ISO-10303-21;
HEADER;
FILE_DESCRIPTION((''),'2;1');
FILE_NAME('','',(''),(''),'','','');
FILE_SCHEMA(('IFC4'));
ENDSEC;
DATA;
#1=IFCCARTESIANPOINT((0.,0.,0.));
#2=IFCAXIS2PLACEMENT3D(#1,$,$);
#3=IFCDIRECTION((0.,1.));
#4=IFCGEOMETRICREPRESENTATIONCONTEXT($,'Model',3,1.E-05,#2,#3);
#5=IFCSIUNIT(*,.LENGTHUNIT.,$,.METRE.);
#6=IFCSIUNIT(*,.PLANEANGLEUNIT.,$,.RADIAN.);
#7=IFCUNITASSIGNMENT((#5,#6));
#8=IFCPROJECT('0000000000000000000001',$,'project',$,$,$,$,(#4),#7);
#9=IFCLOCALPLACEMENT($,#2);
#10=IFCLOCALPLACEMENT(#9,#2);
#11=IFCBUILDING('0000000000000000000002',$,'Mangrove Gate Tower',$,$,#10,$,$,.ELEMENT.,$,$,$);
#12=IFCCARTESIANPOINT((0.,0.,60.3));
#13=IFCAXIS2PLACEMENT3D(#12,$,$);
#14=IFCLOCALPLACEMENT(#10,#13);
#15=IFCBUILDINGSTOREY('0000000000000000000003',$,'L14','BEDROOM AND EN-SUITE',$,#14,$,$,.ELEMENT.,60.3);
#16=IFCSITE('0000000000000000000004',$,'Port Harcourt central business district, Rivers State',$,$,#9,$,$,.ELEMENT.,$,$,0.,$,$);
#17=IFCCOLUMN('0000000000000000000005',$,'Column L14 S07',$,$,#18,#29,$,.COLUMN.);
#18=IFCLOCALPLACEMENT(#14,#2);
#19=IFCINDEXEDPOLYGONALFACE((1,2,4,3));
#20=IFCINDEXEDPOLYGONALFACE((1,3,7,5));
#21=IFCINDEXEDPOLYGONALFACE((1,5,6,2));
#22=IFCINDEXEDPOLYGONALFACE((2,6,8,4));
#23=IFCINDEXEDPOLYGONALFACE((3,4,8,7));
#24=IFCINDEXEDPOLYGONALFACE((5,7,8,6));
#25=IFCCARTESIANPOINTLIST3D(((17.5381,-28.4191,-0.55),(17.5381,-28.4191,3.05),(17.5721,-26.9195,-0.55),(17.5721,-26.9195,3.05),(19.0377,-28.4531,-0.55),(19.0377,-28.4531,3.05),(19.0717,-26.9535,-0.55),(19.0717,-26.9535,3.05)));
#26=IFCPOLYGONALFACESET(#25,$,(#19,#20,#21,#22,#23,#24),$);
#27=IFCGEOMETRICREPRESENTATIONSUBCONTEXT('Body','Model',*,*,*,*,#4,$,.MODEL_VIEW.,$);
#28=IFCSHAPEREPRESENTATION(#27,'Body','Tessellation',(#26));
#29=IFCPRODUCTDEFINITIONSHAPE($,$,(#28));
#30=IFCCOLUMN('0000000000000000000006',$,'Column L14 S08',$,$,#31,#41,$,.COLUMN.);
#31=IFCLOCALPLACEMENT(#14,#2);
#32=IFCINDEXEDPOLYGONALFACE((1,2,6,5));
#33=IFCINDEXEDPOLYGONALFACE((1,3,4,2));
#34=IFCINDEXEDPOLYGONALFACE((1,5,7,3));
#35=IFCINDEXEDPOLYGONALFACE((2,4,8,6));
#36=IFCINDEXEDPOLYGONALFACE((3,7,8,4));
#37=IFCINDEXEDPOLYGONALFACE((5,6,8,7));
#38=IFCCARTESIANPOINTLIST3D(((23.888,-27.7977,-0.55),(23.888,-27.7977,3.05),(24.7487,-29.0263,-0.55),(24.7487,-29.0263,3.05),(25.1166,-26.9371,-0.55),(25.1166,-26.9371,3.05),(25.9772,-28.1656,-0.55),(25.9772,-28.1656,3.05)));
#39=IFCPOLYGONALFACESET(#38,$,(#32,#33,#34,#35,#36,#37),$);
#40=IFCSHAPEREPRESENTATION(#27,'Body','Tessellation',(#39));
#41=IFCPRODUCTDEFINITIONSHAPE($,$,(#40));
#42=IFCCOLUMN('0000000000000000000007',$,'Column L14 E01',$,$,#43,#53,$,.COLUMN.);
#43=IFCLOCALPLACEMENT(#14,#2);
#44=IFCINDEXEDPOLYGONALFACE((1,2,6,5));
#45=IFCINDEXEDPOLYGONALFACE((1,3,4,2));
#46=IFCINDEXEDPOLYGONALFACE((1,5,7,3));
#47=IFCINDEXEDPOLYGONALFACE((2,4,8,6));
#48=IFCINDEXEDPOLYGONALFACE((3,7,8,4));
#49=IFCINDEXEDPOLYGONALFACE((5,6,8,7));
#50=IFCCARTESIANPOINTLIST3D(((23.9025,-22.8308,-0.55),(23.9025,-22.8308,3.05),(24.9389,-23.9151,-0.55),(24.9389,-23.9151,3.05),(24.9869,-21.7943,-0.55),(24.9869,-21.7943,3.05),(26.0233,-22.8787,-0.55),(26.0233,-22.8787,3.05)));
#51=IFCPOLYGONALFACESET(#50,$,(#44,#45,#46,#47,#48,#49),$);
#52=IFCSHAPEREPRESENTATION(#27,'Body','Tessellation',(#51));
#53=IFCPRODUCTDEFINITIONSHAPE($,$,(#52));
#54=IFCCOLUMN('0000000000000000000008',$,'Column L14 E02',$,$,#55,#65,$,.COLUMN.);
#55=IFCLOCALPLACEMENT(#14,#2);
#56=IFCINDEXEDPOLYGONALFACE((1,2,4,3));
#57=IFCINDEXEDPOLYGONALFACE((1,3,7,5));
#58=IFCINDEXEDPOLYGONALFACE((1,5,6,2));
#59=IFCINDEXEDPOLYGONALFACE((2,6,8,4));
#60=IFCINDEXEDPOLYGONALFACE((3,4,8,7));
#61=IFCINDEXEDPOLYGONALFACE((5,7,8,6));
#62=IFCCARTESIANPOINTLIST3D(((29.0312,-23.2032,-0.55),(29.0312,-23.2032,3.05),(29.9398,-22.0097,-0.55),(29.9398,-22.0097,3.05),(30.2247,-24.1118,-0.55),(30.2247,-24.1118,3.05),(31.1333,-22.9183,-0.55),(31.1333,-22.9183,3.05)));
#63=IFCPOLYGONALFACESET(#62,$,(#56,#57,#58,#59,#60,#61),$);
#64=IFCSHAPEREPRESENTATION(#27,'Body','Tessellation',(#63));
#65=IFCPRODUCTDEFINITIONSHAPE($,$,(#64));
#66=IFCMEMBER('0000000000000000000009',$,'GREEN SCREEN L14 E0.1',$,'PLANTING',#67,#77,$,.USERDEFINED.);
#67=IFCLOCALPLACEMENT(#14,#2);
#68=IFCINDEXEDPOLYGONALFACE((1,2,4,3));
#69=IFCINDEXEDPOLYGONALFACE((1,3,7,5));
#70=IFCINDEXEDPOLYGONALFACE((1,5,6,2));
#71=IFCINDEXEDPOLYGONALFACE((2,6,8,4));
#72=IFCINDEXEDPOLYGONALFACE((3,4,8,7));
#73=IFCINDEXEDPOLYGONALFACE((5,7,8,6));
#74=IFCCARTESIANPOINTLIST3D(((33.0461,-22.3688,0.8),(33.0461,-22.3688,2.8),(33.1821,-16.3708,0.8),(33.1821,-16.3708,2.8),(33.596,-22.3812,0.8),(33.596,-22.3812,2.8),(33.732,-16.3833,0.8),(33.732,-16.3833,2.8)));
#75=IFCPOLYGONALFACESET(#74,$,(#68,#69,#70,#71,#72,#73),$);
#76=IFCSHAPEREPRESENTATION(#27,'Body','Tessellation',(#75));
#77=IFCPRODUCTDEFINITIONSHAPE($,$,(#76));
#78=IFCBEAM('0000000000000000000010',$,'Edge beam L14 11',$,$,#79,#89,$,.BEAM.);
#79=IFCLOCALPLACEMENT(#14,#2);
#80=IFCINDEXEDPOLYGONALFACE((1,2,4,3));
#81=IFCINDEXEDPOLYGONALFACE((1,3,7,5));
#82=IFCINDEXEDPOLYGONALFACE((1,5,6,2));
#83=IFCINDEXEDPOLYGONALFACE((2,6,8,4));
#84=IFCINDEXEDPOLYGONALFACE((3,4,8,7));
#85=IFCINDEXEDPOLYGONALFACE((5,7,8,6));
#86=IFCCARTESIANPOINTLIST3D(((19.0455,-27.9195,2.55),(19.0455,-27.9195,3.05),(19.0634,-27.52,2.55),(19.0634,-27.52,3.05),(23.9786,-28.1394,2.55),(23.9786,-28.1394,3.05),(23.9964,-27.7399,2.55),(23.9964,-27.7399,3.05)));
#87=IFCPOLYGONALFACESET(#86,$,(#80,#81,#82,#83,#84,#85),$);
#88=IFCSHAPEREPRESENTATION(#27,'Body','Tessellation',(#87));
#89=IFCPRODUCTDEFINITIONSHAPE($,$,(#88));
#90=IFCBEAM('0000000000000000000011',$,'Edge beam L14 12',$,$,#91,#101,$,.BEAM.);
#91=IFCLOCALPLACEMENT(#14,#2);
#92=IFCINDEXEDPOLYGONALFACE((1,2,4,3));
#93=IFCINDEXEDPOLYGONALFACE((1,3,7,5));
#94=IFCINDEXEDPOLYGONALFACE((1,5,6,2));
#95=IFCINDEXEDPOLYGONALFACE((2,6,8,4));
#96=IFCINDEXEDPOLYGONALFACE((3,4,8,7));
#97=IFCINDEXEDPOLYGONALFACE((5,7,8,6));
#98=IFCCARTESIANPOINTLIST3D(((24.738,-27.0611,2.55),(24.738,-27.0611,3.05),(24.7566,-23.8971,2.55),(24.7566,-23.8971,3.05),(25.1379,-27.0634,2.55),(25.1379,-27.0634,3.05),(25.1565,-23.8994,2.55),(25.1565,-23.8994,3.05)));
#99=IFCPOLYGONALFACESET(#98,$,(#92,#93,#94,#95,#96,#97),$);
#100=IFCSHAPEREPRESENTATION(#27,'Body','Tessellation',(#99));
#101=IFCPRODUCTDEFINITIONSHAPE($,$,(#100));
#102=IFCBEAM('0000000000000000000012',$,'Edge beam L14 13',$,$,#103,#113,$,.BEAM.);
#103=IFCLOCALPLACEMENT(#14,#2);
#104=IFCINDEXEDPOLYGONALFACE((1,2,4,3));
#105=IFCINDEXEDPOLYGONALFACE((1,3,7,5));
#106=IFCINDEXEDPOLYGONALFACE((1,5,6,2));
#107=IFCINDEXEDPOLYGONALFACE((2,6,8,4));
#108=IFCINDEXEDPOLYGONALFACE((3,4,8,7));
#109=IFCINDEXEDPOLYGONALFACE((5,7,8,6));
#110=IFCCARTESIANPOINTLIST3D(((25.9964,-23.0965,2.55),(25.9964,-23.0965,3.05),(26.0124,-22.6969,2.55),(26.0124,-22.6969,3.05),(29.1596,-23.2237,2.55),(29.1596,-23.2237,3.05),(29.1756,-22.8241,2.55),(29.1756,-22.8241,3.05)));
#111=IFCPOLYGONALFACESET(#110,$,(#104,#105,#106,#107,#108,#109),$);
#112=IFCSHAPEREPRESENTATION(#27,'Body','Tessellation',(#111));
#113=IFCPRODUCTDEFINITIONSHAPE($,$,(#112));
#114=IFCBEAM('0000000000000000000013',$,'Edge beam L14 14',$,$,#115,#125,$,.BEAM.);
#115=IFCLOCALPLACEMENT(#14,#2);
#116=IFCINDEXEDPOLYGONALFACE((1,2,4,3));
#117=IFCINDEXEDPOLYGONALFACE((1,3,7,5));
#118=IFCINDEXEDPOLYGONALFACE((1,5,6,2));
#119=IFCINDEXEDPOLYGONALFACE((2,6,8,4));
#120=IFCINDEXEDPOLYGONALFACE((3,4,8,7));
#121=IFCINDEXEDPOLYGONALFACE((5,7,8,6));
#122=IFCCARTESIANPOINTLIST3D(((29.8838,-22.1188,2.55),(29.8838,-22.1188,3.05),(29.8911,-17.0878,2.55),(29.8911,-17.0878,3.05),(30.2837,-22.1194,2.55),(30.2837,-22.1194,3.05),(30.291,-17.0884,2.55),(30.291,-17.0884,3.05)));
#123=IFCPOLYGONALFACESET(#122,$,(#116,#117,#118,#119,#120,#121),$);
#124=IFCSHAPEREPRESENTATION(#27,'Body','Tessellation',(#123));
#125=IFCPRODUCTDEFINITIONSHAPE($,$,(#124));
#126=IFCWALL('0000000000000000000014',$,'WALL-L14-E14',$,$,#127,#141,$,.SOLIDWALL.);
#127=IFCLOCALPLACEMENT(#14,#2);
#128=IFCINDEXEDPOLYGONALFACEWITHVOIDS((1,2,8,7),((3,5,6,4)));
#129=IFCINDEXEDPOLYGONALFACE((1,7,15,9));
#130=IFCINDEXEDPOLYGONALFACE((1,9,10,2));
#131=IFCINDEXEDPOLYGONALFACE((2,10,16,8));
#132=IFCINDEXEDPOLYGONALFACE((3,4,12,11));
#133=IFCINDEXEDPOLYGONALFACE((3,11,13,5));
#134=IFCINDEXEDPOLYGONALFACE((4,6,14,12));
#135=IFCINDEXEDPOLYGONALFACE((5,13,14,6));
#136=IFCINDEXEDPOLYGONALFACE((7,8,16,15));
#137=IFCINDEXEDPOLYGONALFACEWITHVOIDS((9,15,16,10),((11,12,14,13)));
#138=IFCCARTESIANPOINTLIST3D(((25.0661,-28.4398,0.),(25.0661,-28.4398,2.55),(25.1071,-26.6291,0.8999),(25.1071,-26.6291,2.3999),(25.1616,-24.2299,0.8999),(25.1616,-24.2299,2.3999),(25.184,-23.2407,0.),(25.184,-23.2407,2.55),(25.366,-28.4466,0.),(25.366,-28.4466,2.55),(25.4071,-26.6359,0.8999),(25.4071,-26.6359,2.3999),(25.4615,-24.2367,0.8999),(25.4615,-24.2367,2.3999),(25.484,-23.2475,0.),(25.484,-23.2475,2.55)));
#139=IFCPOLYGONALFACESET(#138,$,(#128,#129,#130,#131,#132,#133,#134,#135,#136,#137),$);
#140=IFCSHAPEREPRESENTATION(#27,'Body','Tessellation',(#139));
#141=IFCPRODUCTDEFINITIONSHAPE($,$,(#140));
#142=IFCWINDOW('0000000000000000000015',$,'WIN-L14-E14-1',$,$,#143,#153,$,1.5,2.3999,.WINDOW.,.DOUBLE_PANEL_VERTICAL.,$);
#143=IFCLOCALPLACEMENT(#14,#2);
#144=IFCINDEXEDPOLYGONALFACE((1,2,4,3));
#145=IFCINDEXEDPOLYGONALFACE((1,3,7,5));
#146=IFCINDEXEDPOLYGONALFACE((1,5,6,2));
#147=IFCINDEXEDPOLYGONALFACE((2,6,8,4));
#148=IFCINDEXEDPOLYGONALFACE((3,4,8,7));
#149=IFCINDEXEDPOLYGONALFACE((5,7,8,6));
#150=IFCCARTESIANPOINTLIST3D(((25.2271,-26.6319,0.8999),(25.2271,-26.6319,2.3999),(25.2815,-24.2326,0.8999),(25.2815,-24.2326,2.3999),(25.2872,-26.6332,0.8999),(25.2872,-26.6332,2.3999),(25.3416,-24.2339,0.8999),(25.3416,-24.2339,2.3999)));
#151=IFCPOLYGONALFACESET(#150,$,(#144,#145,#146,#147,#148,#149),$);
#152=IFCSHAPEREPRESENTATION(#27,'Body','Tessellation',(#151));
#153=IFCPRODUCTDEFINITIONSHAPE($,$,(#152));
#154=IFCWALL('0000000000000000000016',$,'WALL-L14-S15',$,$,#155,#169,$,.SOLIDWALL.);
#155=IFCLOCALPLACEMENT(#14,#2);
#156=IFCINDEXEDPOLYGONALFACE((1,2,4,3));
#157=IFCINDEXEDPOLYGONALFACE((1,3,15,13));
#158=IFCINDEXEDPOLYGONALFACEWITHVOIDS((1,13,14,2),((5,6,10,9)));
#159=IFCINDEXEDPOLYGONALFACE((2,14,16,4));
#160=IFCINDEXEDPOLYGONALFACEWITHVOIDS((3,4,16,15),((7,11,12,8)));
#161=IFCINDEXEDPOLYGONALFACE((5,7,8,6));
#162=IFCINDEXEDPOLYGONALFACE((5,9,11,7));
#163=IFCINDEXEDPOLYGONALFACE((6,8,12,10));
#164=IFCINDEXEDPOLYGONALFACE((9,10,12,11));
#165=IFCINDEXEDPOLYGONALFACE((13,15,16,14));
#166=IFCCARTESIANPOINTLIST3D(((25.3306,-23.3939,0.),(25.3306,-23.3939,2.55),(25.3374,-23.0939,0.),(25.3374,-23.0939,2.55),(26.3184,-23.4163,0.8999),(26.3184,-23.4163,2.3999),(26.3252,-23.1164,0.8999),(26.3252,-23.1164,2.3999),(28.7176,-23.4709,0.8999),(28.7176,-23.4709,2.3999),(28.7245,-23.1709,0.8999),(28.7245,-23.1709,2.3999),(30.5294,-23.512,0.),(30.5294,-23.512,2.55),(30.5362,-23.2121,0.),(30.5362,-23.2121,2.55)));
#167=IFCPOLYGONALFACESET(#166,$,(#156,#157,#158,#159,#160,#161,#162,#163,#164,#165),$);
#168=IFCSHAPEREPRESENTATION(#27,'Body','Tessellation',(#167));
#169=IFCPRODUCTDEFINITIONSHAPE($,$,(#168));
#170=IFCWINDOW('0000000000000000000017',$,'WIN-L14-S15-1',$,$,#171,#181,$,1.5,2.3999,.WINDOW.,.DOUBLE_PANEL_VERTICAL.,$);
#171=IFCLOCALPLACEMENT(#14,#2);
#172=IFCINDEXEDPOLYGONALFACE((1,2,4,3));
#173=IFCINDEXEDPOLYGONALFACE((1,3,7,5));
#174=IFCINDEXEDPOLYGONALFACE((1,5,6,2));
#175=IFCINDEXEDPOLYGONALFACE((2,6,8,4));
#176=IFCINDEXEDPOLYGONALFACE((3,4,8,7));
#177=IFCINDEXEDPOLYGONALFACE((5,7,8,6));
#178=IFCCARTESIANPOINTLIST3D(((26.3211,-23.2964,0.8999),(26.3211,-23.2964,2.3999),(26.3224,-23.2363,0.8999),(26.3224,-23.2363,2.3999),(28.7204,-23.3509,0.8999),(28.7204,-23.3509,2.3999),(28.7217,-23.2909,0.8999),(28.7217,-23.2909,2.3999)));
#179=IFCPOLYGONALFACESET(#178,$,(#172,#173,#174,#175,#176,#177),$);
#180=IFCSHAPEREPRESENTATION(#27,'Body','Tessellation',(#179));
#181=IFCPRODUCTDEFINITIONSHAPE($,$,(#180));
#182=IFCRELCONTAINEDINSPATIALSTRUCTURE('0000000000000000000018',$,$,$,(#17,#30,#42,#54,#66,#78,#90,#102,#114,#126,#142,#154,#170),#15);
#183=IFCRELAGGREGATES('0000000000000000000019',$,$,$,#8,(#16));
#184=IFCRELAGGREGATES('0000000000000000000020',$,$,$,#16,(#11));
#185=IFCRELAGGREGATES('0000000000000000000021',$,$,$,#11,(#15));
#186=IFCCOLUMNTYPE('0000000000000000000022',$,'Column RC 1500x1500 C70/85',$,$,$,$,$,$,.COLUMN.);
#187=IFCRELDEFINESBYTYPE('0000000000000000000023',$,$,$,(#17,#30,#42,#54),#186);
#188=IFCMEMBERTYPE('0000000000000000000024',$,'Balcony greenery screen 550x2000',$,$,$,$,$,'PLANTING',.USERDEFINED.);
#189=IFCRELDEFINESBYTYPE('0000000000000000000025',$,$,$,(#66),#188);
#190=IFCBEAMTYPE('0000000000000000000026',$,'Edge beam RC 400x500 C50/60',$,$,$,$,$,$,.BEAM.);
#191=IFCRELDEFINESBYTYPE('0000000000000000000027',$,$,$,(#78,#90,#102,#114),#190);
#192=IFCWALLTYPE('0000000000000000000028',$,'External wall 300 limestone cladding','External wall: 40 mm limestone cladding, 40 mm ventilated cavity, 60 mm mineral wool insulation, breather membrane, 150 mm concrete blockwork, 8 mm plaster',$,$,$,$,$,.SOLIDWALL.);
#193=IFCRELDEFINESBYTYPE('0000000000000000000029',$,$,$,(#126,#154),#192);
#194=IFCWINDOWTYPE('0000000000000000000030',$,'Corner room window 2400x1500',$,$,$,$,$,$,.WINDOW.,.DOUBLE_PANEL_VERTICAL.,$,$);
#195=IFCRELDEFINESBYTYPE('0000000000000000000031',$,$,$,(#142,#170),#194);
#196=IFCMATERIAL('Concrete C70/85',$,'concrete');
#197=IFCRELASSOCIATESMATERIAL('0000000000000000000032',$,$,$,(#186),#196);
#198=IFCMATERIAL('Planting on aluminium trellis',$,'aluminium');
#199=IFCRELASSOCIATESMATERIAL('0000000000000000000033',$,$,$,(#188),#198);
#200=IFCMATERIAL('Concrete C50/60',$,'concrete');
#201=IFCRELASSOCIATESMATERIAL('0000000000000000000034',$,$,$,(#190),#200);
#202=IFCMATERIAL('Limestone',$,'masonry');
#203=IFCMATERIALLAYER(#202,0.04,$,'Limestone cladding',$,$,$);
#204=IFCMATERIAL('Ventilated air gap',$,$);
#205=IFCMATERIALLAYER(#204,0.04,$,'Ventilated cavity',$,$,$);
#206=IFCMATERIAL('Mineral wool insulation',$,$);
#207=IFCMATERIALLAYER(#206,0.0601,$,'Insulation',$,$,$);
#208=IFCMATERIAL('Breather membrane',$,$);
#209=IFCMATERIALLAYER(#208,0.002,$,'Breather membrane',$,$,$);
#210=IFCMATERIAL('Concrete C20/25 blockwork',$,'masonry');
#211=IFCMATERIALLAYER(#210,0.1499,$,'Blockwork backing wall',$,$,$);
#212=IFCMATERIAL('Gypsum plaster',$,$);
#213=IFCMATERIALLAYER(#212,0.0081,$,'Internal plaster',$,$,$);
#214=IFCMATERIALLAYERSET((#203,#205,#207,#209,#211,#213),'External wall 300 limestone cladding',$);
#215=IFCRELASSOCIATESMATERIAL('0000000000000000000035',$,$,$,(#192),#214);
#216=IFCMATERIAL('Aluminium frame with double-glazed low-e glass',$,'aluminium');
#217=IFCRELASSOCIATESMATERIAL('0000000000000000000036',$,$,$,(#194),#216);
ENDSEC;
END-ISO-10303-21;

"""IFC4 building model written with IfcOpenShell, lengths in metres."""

from ifc_helpers import new_model, si_unit, direction, frame, frame_2d, origin, origin_2d, place, context, subcontext, project, spatial, rectangle, extrude, material, layer, layer_set, material_profile, profile_set, type_object, element, fill, save


model = new_model("IFC4")

# Units and contexts
model_context = context("Model", 3, precision=1e-05, world=origin(), true_north=direction((0.0, 1.0)))
body_context = subcontext(model_context, "Body", "Model", "MODEL_VIEW")
ifc_project = project(units=[si_unit("LENGTHUNIT", "METRE"), si_unit("PLANEANGLEUNIT", "RADIAN")], contexts=[model_context])

# Site, building, storey
site_placement = place(None, origin())
site = spatial("IfcSite", under=ifc_project, at=site_placement, Name="Port Harcourt central business district, Rivers State", CompositionType="ELEMENT", RefElevation=0.0)
building_placement = place(site_placement, origin())
building = spatial("IfcBuilding", under=site, at=building_placement, Name="Mangrove Gate Tower", CompositionType="ELEMENT")
storey_placement = place(building_placement, frame((0.0, 0.0, 60.3)))
storey = spatial("IfcBuildingStorey", under=building, at=storey_placement, Name="L14", Description="BEDROOM AND EN-SUITE", CompositionType="ELEMENT", Elevation=60.3)

# Columns
ifc_material_1 = material(Name="Concrete C70/85", Category="concrete")
ifc_material_profile_1 = material_profile(ifc_material_1, rectangle(XDim=1.5, YDim=1.5, at=origin_2d()))
ifc_profile_set_1 = profile_set([ifc_material_profile_1], Name="Concrete C70/85")
column_type = type_object("IfcColumnType", Name="Column RC 1500x1500 C70/85", PredefinedType="COLUMN", material=ifc_profile_set_1)
for number, where, z_axis, x_axis, name in (
    (1, (18.3049, -27.6863, -0.55), (0.0, 0.0, 1.0), (0.999743, -0.02268, 0.0), "Column L14 S07"),
    (2, (24.9326, -27.9817, -0.55), (0.0, 0.0, 1.0), (0.819023, 0.57376, 0.0), "Column L14 S08"),
    (3, (24.9629, -22.8547, -0.55), (0.0, 0.0, 1.0), (0.722905, 0.690948, 0.0), "Column L14 E01"),
    (4, (30.0823, -23.0608, -0.55), (0.0, 0.0, 1.0), (0.605733, 0.795668, 0.0), "Column L14 E02"),
):
    element("IfcColumn", number, at=place(storey_placement, frame(where, z_axis=z_axis, x_axis=x_axis)), inside=storey, type_object=column_type, Name=name, PredefinedType="COLUMN", context=body_context, shape_type="SweptSolid", body=[
        extrude(rectangle(XDim=1.5, YDim=1.5, at=origin_2d()), origin(), (0.0, 0.0, 1.0), 3.6001),
    ])

# Member
ifc_material_2 = material(Name="Planting on aluminium trellis", Category="aluminium")
ifc_material_profile_2 = material_profile(ifc_material_2, rectangle(XDim=0.55, YDim=2.0, at=origin_2d()))
ifc_profile_set_2 = profile_set([ifc_material_profile_2], Name="Planting on aluminium trellis")
member_type = type_object("IfcMemberType", Name="Balcony greenery screen 550x2000", ElementType="PLANTING", PredefinedType="USERDEFINED", material=ifc_profile_set_2)
member_placement = place(storey_placement, frame((33.321, -22.375, 1.8), z_axis=(0.022666, 0.999743, 0.0), x_axis=(-0.999743, 0.022666, 0.0)))
element("IfcMember", 5, at=member_placement, inside=storey, type_object=member_type, Name="GREEN SCREEN L14 E0.1", ObjectType="PLANTING", PredefinedType="USERDEFINED", context=body_context, shape_type="SweptSolid", body=[
    extrude(rectangle(XDim=0.55, YDim=2.0, at=origin_2d()), origin(), (0.0, 0.0, 1.0), 5.9995),
])

# Beams
ifc_material_3 = material(Name="Concrete C50/60", Category="concrete")
ifc_material_profile_3 = material_profile(ifc_material_3, rectangle(XDim=0.3999, YDim=0.5, at=origin_2d()))
ifc_profile_set_3 = profile_set([ifc_material_profile_3], Name="Concrete C50/60")
beam_type = type_object("IfcBeamType", Name="Edge beam RC 400x500 C50/60", PredefinedType="BEAM", material=ifc_profile_set_3)
beam_1_placement = place(storey_placement, frame((19.0544, -27.7197, 2.8), z_axis=(0.999007, -0.044546, 0.0), x_axis=(0.044546, 0.999007, 0.0)))
element("IfcBeam", 6, at=beam_1_placement, inside=storey, type_object=beam_type, Name="Edge beam L14 11", PredefinedType="BEAM", context=body_context, shape_type="SweptSolid", body=[
    extrude(rectangle(XDim=0.3999, YDim=0.5, at=origin_2d()), origin(), (0.0, 0.0, 1.0), 4.938),
])
beam_2_placement = place(storey_placement, frame((24.938, -27.0623, 2.8), z_axis=(0.005864, 0.999983, 0.0), x_axis=(-0.999983, 0.005864, 0.0)))
element("IfcBeam", 7, at=beam_2_placement, inside=storey, type_object=beam_type, Name="Edge beam L14 12", PredefinedType="BEAM", context=body_context, shape_type="SweptSolid", body=[
    extrude(rectangle(XDim=0.3999, YDim=0.5, at=origin_2d()), origin(), (0.0, 0.0, 1.0), 3.1641),
])
beam_3_placement = place(storey_placement, frame((26.0044, -22.8967, 2.8), z_axis=(0.999193, -0.040177, 0.0), x_axis=(0.040177, 0.999193, 0.0)))
element("IfcBeam", 8, at=beam_3_placement, inside=storey, type_object=beam_type, Name="Edge beam L14 13", PredefinedType="BEAM", context=body_context, shape_type="SweptSolid", body=[
    extrude(rectangle(XDim=0.3999, YDim=0.5, at=origin_2d()), origin(), (0.0, 0.0, 1.0), 3.1658),
])
beam_4_placement = place(storey_placement, frame((30.0837, -22.1191, 2.8), z_axis=(0.001456, 0.999999, 0.0), x_axis=(-0.999999, 0.001456, 0.0)))
element("IfcBeam", 9, at=beam_4_placement, inside=storey, type_object=beam_type, Name="Edge beam L14 14", PredefinedType="BEAM", context=body_context, shape_type="SweptSolid", body=[
    extrude(rectangle(XDim=0.3999, YDim=0.5, at=origin_2d()), origin(), (0.0, 0.0, 1.0), 5.031),
])

# Shared definitions
ifc_material_4 = material(Name="Limestone", Category="masonry")
ifc_layer_1 = layer(ifc_material_4, 0.04, Name="Limestone cladding")
ifc_material_5 = material(Name="Ventilated air gap")
ifc_layer_2 = layer(ifc_material_5, 0.04, Name="Ventilated cavity")
ifc_material_6 = material(Name="Mineral wool insulation")
ifc_layer_3 = layer(ifc_material_6, 0.0601, Name="Insulation")
ifc_material_7 = material(Name="Breather membrane")
ifc_layer_4 = layer(ifc_material_7, 0.002, Name="Breather membrane")
ifc_material_8 = material(Name="Concrete C20/25 blockwork", Category="masonry")
ifc_layer_5 = layer(ifc_material_8, 0.1499, Name="Blockwork backing wall")
ifc_material_9 = material(Name="Gypsum plaster")
ifc_layer_6 = layer(ifc_material_9, 0.0081, Name="Internal plaster")
ifc_layer_set_1 = layer_set([ifc_layer_1, ifc_layer_2, ifc_layer_3, ifc_layer_4, ifc_layer_5, ifc_layer_6], Name="External wall 300 limestone cladding")
wall_type_1 = type_object("IfcWallType", Name="External wall 300 limestone cladding", Description="External wall: 40 mm limestone cladding, 40 mm ventilated cavity, 60 mm mineral wool insulation, breather membrane, 150 mm concrete blockwork, 8 mm plaster", PredefinedType="SOLIDWALL", material=ifc_layer_set_1)
ifc_material_10 = material(Name="Aluminium frame with double-glazed low-e glass", Category="aluminium")
window_type = type_object("IfcWindowType", Name="Corner room window 2400x1500", PartitioningType="DOUBLE_PANEL_VERTICAL", PredefinedType="WINDOW", material=ifc_material_10)

# Walls, openings, windows
wall_1_placement = place(storey_placement, frame((25.2161, -28.4431, 0.0), z_axis=(0.0, 0.0, 1.0), x_axis=(0.022674, 0.999743, 0.0)))
wall_1 = element("IfcWall", 10, at=wall_1_placement, inside=storey, type_object=wall_type_1, Name="WALL-L14-E14", PredefinedType="SOLIDWALL", context=body_context, shape_type="SweptSolid", body=[
    extrude(rectangle(XDim=5.2004, YDim=0.3, at=frame_2d((2.6001, 0.0))), origin(), (0.0, 0.0, 1.0), 2.55),
])
opening_1_placement = place(wall_1_placement, frame((1.811, 0.0, 0.8999)))
opening_1 = element("IfcOpeningElement", 11, at=opening_1_placement, cuts=wall_1, PredefinedType="OPENING", context=body_context, shape_type="SweptSolid", body=[
    extrude(rectangle(XDim=2.3999, YDim=1.5, at=frame_2d((1.2, 0.75))), frame((0.0, 0.1599, 0.0), z_axis=(0.0, -1.0, 0.0), x_axis=(1.0, 0.0, 0.0)), (0.0, 0.0, 1.0), 0.3201),
])
window_1_placement = place(opening_1_placement, origin())
window_1 = element("IfcWindow", 12, at=window_1_placement, inside=storey, type_object=window_type, Name="WIN-L14-E14-1", OverallHeight=1.5, OverallWidth=2.3999, PartitioningType="DOUBLE_PANEL_VERTICAL", PredefinedType="WINDOW", context=body_context, shape_type="SweptSolid", body=[
    extrude(rectangle(XDim=2.3999, YDim=1.5, at=frame_2d((1.2, 0.75))), frame((0.0, 0.03, 0.0), z_axis=(0.0, -1.0, 0.0), x_axis=(1.0, 0.0, 0.0)), (0.0, 0.0, 1.0), 0.0601),
])
fill(opening_1, window_1)
wall_2_placement = place(storey_placement, frame((25.334, -23.2439, 0.0), z_axis=(0.0, 0.0, 1.0), x_axis=(0.999742, -0.022722, 0.0)))
wall_2 = element("IfcWall", 13, at=wall_2_placement, inside=storey, type_object=wall_type_1, Name="WALL-L14-S15", PredefinedType="SOLIDWALL", context=body_context, shape_type="SweptSolid", body=[
    extrude(rectangle(XDim=5.2002, YDim=0.3, at=frame_2d((2.6001, 0.0))), origin(), (0.0, 0.0, 1.0), 2.55),
])
opening_2_placement = place(wall_2_placement, frame((0.988, 0.0, 0.8999)))
opening_2 = element("IfcOpeningElement", 14, at=opening_2_placement, cuts=wall_2, PredefinedType="OPENING", context=body_context, shape_type="SweptSolid", body=[
    extrude(rectangle(XDim=2.3999, YDim=1.5, at=frame_2d((1.2, 0.75))), frame((0.0, 0.1599, 0.0), z_axis=(0.0, -1.0, 0.0), x_axis=(1.0, 0.0, 0.0)), (0.0, 0.0, 1.0), 0.3201),
])
window_2_placement = place(opening_2_placement, origin())
window_2 = element("IfcWindow", 15, at=window_2_placement, inside=storey, type_object=window_type, Name="WIN-L14-S15-1", OverallHeight=1.5, OverallWidth=2.3999, PartitioningType="DOUBLE_PANEL_VERTICAL", PredefinedType="WINDOW", context=body_context, shape_type="SweptSolid", body=[
    extrude(rectangle(XDim=2.3999, YDim=1.5, at=frame_2d((1.2, 0.75))), frame((0.0, 0.03, 0.0), z_axis=(0.0, -1.0, 0.0), x_axis=(1.0, 0.0, 0.0)), (0.0, 0.0, 1.0), 0.0601),
])
fill(opening_2, window_2)

save(model, "model.ifc")
